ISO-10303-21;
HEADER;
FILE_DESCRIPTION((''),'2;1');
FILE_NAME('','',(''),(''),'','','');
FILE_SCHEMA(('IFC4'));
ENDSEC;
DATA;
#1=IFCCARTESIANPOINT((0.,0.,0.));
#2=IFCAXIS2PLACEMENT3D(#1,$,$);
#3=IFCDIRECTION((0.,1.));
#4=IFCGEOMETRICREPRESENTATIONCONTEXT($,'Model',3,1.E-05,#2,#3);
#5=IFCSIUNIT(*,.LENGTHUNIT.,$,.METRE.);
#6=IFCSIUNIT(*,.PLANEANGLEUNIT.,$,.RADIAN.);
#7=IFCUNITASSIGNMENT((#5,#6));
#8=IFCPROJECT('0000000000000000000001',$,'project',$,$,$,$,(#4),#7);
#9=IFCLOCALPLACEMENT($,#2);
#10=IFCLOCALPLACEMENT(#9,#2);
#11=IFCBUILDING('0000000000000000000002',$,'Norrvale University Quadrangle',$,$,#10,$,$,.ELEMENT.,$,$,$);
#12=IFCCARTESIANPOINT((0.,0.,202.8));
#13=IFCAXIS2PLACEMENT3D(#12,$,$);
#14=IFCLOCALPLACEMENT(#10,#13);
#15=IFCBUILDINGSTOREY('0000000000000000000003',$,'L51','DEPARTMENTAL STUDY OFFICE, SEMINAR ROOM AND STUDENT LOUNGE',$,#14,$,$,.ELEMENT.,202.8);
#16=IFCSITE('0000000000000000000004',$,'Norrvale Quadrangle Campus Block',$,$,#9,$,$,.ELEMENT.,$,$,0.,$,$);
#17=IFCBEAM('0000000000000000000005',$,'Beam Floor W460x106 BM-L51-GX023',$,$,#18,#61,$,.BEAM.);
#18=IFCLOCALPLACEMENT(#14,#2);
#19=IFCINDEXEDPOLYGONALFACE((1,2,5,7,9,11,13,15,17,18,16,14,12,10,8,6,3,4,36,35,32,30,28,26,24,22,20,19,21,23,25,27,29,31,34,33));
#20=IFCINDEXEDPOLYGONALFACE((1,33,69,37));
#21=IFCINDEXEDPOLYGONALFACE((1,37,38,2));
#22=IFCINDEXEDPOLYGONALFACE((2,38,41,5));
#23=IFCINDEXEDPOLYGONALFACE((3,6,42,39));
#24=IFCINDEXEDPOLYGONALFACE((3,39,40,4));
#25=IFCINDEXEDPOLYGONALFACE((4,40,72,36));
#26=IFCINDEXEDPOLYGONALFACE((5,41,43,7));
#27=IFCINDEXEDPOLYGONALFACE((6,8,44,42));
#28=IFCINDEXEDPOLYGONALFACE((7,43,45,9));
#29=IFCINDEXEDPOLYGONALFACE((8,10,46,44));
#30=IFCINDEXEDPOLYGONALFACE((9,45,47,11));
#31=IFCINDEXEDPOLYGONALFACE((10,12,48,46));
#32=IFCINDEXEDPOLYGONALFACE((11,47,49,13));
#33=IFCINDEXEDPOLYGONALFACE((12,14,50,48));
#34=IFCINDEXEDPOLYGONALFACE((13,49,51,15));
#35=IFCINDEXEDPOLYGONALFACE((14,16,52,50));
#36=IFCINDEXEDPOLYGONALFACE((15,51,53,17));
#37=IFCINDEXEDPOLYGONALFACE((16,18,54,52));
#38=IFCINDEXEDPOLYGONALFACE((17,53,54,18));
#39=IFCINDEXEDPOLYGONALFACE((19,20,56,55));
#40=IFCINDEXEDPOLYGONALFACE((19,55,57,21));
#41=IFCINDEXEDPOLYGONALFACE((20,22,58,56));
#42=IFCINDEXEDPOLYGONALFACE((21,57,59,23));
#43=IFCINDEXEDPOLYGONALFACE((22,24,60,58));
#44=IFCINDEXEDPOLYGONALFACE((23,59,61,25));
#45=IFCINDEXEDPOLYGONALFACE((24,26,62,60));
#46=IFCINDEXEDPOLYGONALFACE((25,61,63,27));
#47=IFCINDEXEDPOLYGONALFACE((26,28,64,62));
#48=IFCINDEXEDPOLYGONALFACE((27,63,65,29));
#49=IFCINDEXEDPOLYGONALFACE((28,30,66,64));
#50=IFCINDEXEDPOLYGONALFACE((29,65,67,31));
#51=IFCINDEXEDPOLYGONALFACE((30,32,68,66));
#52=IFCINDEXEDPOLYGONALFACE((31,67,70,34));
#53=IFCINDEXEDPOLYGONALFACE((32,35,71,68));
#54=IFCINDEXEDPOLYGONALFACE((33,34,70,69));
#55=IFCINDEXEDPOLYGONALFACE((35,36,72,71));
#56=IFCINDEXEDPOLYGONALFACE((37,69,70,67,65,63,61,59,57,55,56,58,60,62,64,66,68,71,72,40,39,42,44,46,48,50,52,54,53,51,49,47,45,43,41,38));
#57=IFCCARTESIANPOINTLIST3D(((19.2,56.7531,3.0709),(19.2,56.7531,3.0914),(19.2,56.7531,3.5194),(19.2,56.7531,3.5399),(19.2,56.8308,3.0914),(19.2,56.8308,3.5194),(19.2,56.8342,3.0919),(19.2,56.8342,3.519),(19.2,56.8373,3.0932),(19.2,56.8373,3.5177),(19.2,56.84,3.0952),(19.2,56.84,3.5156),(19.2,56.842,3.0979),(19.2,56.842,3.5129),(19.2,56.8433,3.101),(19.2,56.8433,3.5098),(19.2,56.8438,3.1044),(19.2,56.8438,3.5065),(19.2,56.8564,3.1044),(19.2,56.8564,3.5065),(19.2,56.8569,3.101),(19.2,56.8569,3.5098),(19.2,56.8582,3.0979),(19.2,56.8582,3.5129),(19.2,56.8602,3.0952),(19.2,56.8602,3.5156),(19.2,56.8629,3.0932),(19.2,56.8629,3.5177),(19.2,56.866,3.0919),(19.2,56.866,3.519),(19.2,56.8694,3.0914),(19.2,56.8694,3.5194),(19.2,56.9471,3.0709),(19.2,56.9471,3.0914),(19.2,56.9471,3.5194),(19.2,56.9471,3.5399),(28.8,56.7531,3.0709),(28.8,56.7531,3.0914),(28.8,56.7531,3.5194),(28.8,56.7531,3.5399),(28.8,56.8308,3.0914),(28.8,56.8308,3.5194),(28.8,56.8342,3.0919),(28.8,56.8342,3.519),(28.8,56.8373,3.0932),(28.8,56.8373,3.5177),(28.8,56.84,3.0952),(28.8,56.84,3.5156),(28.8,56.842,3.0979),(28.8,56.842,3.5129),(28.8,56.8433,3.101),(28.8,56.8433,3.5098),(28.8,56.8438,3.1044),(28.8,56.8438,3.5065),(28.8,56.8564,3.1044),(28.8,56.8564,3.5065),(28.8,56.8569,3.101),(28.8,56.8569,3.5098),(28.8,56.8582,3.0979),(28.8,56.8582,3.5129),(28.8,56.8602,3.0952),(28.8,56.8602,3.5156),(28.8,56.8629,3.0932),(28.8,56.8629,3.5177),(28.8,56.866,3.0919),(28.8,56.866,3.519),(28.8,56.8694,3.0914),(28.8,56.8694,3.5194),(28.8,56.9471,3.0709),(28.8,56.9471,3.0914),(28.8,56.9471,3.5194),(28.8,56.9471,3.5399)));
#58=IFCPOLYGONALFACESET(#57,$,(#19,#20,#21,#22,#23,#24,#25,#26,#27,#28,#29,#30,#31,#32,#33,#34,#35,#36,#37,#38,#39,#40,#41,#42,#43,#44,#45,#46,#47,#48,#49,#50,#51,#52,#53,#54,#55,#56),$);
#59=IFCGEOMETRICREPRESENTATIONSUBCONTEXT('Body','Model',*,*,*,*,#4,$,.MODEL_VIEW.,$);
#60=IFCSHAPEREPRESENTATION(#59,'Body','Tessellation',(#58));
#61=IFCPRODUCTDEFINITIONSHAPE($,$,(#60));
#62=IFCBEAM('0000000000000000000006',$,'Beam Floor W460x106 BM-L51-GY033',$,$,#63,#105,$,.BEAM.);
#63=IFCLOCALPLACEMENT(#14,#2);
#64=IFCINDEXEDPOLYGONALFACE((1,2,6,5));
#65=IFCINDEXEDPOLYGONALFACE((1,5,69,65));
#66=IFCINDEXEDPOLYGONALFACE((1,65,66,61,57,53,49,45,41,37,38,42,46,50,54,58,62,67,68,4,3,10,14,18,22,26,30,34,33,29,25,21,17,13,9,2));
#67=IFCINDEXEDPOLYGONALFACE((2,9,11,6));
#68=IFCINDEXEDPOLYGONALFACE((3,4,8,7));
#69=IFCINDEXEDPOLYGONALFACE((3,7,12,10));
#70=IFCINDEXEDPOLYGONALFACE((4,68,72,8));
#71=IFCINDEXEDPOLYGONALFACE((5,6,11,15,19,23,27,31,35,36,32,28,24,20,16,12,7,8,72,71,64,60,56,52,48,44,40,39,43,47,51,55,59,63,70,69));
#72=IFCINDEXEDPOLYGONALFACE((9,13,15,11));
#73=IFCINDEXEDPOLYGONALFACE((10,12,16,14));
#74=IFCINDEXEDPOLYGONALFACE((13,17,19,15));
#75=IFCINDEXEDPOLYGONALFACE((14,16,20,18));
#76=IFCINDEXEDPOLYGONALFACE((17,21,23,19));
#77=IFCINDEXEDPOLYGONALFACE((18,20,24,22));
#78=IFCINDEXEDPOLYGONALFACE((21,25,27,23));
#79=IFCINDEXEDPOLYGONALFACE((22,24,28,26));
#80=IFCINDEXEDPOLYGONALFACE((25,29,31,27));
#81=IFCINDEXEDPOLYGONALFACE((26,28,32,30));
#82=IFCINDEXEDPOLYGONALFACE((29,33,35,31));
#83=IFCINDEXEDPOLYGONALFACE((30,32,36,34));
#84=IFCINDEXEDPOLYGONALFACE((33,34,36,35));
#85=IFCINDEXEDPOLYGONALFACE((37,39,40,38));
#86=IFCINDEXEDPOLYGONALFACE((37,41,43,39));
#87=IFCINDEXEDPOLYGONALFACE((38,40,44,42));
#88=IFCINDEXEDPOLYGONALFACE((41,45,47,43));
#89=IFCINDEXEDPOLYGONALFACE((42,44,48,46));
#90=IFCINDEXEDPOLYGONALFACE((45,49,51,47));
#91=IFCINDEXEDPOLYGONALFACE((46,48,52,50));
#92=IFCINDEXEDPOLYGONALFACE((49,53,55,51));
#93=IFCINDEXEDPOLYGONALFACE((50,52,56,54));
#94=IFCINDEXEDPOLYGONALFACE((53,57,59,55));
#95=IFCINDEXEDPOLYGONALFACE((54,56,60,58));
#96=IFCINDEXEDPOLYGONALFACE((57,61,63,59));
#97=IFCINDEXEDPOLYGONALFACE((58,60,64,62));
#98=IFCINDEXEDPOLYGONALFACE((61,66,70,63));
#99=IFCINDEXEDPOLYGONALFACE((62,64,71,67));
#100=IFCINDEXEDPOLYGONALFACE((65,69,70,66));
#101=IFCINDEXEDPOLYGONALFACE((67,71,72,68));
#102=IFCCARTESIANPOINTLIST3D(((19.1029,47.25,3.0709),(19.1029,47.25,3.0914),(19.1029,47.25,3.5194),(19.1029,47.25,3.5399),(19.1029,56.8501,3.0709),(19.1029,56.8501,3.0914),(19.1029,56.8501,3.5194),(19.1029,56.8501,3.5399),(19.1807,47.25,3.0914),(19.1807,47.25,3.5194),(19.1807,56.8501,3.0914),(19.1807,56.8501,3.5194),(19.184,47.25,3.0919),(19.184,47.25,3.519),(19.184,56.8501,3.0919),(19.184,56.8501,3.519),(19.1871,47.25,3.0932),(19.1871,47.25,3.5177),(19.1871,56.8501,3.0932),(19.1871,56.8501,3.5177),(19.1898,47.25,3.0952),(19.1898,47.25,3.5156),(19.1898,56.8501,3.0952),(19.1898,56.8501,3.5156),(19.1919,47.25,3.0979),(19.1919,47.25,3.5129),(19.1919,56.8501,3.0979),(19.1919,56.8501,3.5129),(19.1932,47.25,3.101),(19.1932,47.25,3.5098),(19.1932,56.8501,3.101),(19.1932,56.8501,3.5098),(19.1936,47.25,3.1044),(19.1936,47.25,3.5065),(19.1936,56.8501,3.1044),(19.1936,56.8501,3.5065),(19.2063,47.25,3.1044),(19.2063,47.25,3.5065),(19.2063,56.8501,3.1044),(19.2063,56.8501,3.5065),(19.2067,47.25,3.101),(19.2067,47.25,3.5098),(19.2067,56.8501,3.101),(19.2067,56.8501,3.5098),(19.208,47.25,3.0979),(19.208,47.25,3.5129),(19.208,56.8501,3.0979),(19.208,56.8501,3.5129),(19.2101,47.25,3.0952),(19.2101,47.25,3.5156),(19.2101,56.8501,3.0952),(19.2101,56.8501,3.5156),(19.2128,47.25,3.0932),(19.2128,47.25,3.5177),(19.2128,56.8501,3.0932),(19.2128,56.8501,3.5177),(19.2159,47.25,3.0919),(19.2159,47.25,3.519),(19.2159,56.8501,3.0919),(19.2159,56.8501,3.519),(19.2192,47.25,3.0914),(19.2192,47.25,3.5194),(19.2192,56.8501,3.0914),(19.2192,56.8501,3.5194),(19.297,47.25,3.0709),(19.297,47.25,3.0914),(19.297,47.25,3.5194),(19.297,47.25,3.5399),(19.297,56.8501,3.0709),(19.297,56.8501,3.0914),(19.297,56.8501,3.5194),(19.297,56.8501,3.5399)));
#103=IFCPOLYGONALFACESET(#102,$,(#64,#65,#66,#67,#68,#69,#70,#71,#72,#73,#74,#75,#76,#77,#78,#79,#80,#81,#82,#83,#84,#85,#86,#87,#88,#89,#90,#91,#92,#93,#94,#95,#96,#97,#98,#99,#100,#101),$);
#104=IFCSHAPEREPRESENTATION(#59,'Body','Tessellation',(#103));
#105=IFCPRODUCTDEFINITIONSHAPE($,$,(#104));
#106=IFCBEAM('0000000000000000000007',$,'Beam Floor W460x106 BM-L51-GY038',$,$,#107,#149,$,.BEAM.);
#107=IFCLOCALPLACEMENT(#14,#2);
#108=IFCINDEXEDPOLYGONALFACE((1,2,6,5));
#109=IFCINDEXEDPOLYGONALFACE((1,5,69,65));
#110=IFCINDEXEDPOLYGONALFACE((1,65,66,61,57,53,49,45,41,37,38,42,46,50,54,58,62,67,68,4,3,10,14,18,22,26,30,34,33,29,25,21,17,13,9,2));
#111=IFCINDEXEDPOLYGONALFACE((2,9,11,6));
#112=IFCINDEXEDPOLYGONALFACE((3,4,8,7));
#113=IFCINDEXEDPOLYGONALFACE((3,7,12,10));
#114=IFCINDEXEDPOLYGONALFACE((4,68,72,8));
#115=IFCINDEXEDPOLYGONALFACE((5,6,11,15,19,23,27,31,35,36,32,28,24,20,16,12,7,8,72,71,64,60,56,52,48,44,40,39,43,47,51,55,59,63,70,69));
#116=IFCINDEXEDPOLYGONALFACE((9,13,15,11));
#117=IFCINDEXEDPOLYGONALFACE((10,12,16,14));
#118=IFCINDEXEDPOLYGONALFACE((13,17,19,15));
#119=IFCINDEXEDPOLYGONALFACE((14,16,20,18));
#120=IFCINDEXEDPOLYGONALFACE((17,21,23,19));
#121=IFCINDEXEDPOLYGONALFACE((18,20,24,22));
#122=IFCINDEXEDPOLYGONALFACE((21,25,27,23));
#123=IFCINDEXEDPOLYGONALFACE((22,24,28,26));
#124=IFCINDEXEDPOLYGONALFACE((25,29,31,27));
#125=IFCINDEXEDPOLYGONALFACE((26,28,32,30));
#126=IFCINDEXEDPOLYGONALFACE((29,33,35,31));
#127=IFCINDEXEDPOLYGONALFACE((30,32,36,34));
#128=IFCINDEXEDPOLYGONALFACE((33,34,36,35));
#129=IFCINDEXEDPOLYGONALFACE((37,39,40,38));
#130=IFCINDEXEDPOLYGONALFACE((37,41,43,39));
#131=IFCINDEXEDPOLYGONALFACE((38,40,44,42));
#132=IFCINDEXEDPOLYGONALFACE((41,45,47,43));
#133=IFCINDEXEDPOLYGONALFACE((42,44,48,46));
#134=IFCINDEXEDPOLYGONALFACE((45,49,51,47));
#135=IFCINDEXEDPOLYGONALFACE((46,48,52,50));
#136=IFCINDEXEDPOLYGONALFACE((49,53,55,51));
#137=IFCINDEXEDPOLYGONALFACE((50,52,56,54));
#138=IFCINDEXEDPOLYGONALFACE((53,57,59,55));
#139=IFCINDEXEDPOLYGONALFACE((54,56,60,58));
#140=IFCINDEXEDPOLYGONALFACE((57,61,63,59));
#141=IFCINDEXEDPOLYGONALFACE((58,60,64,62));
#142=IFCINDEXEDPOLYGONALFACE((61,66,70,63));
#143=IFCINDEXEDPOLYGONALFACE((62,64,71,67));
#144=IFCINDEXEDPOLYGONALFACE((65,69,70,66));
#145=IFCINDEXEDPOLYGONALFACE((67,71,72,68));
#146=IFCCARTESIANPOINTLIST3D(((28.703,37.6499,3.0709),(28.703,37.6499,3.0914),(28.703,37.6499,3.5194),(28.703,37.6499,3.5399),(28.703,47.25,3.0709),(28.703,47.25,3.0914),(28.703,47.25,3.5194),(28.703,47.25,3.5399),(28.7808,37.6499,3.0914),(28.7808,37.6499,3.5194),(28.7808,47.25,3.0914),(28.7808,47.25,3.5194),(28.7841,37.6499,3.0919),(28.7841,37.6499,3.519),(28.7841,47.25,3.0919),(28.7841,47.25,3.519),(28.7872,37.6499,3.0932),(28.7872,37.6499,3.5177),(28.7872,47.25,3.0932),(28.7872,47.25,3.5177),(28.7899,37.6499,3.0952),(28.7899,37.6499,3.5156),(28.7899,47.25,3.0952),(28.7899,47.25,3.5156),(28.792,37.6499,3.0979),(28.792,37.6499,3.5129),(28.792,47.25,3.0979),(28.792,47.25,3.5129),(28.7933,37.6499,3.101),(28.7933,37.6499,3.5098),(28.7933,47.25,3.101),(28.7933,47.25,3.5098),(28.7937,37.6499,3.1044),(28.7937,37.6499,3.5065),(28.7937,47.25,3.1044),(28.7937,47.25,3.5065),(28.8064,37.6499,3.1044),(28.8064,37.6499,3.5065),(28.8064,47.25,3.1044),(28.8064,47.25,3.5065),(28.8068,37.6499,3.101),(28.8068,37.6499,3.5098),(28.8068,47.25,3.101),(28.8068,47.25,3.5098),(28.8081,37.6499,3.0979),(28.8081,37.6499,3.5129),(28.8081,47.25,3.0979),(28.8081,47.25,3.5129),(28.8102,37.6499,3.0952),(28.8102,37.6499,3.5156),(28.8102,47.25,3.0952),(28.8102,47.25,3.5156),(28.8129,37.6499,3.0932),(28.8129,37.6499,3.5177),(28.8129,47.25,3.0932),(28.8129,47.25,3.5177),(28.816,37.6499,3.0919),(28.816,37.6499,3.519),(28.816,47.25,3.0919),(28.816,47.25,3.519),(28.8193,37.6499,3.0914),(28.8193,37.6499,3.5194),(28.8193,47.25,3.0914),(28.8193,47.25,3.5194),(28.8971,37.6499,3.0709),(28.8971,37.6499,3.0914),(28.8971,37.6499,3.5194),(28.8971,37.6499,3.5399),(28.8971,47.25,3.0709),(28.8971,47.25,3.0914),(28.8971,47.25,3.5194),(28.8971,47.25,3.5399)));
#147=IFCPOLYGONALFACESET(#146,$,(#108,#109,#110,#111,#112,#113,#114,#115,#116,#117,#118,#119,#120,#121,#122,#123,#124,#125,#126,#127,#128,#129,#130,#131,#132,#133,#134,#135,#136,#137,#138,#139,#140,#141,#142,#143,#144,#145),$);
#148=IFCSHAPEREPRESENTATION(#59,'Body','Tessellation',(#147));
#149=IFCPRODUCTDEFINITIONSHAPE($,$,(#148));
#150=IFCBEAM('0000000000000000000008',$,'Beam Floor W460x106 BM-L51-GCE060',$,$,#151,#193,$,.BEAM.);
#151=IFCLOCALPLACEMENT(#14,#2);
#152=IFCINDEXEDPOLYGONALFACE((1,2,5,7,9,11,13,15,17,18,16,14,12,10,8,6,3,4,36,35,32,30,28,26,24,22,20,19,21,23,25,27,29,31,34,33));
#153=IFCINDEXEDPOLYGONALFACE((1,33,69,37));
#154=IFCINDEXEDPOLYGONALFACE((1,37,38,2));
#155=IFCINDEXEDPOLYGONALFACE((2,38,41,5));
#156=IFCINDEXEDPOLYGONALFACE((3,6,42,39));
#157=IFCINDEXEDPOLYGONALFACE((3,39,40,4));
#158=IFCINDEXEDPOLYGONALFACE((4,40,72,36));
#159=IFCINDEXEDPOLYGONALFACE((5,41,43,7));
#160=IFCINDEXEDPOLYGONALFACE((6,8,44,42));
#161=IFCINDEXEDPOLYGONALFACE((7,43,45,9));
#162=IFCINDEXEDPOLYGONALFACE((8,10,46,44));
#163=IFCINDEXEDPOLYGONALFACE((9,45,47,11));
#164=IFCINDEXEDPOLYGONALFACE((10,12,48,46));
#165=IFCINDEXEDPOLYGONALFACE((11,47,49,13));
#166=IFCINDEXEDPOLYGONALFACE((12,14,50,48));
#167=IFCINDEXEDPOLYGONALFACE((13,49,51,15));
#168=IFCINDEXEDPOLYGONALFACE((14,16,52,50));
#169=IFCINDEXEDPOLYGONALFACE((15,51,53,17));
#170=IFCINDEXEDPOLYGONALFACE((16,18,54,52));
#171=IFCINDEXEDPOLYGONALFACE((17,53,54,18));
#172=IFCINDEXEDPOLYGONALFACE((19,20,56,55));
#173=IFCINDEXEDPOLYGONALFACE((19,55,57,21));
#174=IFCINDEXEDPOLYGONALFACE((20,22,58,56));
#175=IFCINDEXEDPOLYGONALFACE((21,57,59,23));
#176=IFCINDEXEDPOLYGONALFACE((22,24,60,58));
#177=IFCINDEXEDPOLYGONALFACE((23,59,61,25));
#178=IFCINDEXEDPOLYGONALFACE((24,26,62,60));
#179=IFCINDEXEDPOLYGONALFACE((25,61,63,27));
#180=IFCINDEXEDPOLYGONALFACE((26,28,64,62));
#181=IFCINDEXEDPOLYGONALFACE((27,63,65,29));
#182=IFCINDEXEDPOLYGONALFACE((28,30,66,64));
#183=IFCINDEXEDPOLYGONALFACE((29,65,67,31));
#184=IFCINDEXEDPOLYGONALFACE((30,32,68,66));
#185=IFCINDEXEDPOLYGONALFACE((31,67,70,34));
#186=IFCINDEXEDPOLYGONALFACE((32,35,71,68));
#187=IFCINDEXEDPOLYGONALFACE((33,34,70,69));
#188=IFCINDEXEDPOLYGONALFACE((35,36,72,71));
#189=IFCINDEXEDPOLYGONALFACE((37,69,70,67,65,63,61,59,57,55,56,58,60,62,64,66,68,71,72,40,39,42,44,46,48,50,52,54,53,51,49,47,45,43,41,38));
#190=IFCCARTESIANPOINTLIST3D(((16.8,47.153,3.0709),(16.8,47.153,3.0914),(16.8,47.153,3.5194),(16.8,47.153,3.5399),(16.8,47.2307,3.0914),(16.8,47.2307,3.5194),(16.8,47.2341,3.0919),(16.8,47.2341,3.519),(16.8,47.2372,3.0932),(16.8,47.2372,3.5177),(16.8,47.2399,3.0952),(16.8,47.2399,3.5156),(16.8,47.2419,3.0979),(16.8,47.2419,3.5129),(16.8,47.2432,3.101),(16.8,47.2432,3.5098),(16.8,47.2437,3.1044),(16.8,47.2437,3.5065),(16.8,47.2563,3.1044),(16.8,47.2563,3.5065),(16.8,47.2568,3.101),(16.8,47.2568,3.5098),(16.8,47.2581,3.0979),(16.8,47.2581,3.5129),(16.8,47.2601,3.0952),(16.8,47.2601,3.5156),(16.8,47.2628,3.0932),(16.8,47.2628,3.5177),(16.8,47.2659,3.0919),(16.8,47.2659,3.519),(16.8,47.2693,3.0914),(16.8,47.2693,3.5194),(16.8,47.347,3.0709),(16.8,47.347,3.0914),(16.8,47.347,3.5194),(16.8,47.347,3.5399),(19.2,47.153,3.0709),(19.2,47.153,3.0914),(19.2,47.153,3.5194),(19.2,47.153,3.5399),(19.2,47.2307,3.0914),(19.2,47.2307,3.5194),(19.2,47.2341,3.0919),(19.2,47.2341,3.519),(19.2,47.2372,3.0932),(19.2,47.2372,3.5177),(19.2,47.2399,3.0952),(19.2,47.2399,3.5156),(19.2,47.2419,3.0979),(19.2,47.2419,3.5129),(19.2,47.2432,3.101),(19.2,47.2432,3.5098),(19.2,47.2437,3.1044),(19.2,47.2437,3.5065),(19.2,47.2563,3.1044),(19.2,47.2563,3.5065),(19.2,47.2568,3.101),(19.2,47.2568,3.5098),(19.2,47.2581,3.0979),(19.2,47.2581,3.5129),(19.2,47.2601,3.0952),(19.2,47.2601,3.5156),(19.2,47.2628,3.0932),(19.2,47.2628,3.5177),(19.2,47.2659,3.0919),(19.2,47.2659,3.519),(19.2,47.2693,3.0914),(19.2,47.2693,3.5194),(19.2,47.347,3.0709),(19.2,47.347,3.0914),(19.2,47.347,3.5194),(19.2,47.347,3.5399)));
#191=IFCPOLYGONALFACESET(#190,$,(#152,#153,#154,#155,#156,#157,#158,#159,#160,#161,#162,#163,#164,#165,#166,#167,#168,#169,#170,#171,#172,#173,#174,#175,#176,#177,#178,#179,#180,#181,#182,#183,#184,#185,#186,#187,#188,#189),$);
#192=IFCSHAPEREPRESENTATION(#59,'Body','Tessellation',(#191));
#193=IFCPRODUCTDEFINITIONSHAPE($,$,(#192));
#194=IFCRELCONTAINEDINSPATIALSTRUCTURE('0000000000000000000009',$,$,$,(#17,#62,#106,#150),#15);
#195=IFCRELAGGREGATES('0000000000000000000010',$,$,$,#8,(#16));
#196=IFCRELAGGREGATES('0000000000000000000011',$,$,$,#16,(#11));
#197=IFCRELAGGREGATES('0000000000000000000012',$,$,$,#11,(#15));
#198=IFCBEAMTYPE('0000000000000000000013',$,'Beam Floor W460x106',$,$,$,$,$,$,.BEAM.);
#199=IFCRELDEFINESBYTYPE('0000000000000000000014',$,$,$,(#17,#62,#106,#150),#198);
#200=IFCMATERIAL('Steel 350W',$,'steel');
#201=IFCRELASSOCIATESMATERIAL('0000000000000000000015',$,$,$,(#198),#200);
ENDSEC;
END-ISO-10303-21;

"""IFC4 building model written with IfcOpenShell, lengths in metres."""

from ifc_helpers import new_model, si_unit, direction, frame, origin, origin_2d, place, context, subcontext, project, spatial, i_section, extrude, material, material_profile, profile_set, type_object, element, save


model = new_model("IFC4")

# Units and contexts
model_context = context("Model", 3, precision=1e-05, world=origin(), true_north=direction((0.0, 1.0)))
body_context = subcontext(model_context, "Body", "Model", "MODEL_VIEW")
ifc_project = project(units=[si_unit("LENGTHUNIT", "METRE"), si_unit("PLANEANGLEUNIT", "RADIAN")], contexts=[model_context])

# Site, building, storey
site_placement = place(None, origin())
site = spatial("IfcSite", under=ifc_project, at=site_placement, Name="Norrvale Quadrangle Campus Block", CompositionType="ELEMENT", RefElevation=0.0)
building_placement = place(site_placement, origin())
building = spatial("IfcBuilding", under=site, at=building_placement, Name="Norrvale University Quadrangle", CompositionType="ELEMENT")
storey_placement = place(building_placement, frame((0.0, 0.0, 202.8)))
storey = spatial("IfcBuildingStorey", under=building, at=storey_placement, Name="L51", Description="DEPARTMENTAL STUDY OFFICE, SEMINAR ROOM AND STUDENT LOUNGE", CompositionType="ELEMENT", Elevation=202.8)

# Beams
ifc_material_1 = material(Name="Steel 350W", Category="steel")
ifc_material_profile_1 = material_profile(ifc_material_1, i_section(OverallWidth=0.1941, OverallDepth=0.469, WebThickness=0.0127, FlangeThickness=0.0205, FilletRadius=0.0129, at=origin_2d()), Name="Steel 350W")
ifc_profile_set_1 = profile_set([ifc_material_profile_1], Name="Steel 350W")
beam_type_1 = type_object("IfcBeamType", Name="Beam Floor W460x106", PredefinedType="BEAM", material=ifc_profile_set_1)
for number, where, z_axis, x_axis, name in (
    (1, (19.2, 56.8501, 3.3054), (1.0, 0.0, 0.0), (0.0, 1.0, 0.0), "Beam Floor W460x106 BM-L51-GX023"),
    (2, (19.2, 47.25, 3.3054), (0.0, 1.0, 0.0), (-1.0, 0.0, 0.0), "Beam Floor W460x106 BM-L51-GY033"),
    (3, (28.8, 37.6499, 3.3054), (0.0, 1.0, 0.0), (-1.0, 0.0, 0.0), "Beam Floor W460x106 BM-L51-GY038"),
):
    element("IfcBeam", number, at=place(storey_placement, frame(where, z_axis=z_axis, x_axis=x_axis)), inside=storey, type_object=beam_type_1, Name=name, PredefinedType="BEAM", context=body_context, shape_type="SweptSolid", body=[
        extrude(i_section(OverallWidth=0.1941, OverallDepth=0.469, WebThickness=0.0127, FlangeThickness=0.0205, FilletRadius=0.0129, at=origin_2d()), origin(), (0.0, 0.0, 1.0), 9.6001),
    ])
beam_1_placement = place(storey_placement, frame((16.8, 47.25, 3.3054), z_axis=(1.0, 0.0, 0.0), x_axis=(0.0, 1.0, 0.0)))
element("IfcBeam", 4, at=beam_1_placement, inside=storey, type_object=beam_type_1, Name="Beam Floor W460x106 BM-L51-GCE060", PredefinedType="BEAM", context=body_context, shape_type="SweptSolid", body=[
    extrude(i_section(OverallWidth=0.1941, OverallDepth=0.469, WebThickness=0.0127, FlangeThickness=0.0205, FilletRadius=0.0129, at=origin_2d()), origin(), (0.0, 0.0, 1.0), 2.3999),
])

save(model, "model.ifc")
